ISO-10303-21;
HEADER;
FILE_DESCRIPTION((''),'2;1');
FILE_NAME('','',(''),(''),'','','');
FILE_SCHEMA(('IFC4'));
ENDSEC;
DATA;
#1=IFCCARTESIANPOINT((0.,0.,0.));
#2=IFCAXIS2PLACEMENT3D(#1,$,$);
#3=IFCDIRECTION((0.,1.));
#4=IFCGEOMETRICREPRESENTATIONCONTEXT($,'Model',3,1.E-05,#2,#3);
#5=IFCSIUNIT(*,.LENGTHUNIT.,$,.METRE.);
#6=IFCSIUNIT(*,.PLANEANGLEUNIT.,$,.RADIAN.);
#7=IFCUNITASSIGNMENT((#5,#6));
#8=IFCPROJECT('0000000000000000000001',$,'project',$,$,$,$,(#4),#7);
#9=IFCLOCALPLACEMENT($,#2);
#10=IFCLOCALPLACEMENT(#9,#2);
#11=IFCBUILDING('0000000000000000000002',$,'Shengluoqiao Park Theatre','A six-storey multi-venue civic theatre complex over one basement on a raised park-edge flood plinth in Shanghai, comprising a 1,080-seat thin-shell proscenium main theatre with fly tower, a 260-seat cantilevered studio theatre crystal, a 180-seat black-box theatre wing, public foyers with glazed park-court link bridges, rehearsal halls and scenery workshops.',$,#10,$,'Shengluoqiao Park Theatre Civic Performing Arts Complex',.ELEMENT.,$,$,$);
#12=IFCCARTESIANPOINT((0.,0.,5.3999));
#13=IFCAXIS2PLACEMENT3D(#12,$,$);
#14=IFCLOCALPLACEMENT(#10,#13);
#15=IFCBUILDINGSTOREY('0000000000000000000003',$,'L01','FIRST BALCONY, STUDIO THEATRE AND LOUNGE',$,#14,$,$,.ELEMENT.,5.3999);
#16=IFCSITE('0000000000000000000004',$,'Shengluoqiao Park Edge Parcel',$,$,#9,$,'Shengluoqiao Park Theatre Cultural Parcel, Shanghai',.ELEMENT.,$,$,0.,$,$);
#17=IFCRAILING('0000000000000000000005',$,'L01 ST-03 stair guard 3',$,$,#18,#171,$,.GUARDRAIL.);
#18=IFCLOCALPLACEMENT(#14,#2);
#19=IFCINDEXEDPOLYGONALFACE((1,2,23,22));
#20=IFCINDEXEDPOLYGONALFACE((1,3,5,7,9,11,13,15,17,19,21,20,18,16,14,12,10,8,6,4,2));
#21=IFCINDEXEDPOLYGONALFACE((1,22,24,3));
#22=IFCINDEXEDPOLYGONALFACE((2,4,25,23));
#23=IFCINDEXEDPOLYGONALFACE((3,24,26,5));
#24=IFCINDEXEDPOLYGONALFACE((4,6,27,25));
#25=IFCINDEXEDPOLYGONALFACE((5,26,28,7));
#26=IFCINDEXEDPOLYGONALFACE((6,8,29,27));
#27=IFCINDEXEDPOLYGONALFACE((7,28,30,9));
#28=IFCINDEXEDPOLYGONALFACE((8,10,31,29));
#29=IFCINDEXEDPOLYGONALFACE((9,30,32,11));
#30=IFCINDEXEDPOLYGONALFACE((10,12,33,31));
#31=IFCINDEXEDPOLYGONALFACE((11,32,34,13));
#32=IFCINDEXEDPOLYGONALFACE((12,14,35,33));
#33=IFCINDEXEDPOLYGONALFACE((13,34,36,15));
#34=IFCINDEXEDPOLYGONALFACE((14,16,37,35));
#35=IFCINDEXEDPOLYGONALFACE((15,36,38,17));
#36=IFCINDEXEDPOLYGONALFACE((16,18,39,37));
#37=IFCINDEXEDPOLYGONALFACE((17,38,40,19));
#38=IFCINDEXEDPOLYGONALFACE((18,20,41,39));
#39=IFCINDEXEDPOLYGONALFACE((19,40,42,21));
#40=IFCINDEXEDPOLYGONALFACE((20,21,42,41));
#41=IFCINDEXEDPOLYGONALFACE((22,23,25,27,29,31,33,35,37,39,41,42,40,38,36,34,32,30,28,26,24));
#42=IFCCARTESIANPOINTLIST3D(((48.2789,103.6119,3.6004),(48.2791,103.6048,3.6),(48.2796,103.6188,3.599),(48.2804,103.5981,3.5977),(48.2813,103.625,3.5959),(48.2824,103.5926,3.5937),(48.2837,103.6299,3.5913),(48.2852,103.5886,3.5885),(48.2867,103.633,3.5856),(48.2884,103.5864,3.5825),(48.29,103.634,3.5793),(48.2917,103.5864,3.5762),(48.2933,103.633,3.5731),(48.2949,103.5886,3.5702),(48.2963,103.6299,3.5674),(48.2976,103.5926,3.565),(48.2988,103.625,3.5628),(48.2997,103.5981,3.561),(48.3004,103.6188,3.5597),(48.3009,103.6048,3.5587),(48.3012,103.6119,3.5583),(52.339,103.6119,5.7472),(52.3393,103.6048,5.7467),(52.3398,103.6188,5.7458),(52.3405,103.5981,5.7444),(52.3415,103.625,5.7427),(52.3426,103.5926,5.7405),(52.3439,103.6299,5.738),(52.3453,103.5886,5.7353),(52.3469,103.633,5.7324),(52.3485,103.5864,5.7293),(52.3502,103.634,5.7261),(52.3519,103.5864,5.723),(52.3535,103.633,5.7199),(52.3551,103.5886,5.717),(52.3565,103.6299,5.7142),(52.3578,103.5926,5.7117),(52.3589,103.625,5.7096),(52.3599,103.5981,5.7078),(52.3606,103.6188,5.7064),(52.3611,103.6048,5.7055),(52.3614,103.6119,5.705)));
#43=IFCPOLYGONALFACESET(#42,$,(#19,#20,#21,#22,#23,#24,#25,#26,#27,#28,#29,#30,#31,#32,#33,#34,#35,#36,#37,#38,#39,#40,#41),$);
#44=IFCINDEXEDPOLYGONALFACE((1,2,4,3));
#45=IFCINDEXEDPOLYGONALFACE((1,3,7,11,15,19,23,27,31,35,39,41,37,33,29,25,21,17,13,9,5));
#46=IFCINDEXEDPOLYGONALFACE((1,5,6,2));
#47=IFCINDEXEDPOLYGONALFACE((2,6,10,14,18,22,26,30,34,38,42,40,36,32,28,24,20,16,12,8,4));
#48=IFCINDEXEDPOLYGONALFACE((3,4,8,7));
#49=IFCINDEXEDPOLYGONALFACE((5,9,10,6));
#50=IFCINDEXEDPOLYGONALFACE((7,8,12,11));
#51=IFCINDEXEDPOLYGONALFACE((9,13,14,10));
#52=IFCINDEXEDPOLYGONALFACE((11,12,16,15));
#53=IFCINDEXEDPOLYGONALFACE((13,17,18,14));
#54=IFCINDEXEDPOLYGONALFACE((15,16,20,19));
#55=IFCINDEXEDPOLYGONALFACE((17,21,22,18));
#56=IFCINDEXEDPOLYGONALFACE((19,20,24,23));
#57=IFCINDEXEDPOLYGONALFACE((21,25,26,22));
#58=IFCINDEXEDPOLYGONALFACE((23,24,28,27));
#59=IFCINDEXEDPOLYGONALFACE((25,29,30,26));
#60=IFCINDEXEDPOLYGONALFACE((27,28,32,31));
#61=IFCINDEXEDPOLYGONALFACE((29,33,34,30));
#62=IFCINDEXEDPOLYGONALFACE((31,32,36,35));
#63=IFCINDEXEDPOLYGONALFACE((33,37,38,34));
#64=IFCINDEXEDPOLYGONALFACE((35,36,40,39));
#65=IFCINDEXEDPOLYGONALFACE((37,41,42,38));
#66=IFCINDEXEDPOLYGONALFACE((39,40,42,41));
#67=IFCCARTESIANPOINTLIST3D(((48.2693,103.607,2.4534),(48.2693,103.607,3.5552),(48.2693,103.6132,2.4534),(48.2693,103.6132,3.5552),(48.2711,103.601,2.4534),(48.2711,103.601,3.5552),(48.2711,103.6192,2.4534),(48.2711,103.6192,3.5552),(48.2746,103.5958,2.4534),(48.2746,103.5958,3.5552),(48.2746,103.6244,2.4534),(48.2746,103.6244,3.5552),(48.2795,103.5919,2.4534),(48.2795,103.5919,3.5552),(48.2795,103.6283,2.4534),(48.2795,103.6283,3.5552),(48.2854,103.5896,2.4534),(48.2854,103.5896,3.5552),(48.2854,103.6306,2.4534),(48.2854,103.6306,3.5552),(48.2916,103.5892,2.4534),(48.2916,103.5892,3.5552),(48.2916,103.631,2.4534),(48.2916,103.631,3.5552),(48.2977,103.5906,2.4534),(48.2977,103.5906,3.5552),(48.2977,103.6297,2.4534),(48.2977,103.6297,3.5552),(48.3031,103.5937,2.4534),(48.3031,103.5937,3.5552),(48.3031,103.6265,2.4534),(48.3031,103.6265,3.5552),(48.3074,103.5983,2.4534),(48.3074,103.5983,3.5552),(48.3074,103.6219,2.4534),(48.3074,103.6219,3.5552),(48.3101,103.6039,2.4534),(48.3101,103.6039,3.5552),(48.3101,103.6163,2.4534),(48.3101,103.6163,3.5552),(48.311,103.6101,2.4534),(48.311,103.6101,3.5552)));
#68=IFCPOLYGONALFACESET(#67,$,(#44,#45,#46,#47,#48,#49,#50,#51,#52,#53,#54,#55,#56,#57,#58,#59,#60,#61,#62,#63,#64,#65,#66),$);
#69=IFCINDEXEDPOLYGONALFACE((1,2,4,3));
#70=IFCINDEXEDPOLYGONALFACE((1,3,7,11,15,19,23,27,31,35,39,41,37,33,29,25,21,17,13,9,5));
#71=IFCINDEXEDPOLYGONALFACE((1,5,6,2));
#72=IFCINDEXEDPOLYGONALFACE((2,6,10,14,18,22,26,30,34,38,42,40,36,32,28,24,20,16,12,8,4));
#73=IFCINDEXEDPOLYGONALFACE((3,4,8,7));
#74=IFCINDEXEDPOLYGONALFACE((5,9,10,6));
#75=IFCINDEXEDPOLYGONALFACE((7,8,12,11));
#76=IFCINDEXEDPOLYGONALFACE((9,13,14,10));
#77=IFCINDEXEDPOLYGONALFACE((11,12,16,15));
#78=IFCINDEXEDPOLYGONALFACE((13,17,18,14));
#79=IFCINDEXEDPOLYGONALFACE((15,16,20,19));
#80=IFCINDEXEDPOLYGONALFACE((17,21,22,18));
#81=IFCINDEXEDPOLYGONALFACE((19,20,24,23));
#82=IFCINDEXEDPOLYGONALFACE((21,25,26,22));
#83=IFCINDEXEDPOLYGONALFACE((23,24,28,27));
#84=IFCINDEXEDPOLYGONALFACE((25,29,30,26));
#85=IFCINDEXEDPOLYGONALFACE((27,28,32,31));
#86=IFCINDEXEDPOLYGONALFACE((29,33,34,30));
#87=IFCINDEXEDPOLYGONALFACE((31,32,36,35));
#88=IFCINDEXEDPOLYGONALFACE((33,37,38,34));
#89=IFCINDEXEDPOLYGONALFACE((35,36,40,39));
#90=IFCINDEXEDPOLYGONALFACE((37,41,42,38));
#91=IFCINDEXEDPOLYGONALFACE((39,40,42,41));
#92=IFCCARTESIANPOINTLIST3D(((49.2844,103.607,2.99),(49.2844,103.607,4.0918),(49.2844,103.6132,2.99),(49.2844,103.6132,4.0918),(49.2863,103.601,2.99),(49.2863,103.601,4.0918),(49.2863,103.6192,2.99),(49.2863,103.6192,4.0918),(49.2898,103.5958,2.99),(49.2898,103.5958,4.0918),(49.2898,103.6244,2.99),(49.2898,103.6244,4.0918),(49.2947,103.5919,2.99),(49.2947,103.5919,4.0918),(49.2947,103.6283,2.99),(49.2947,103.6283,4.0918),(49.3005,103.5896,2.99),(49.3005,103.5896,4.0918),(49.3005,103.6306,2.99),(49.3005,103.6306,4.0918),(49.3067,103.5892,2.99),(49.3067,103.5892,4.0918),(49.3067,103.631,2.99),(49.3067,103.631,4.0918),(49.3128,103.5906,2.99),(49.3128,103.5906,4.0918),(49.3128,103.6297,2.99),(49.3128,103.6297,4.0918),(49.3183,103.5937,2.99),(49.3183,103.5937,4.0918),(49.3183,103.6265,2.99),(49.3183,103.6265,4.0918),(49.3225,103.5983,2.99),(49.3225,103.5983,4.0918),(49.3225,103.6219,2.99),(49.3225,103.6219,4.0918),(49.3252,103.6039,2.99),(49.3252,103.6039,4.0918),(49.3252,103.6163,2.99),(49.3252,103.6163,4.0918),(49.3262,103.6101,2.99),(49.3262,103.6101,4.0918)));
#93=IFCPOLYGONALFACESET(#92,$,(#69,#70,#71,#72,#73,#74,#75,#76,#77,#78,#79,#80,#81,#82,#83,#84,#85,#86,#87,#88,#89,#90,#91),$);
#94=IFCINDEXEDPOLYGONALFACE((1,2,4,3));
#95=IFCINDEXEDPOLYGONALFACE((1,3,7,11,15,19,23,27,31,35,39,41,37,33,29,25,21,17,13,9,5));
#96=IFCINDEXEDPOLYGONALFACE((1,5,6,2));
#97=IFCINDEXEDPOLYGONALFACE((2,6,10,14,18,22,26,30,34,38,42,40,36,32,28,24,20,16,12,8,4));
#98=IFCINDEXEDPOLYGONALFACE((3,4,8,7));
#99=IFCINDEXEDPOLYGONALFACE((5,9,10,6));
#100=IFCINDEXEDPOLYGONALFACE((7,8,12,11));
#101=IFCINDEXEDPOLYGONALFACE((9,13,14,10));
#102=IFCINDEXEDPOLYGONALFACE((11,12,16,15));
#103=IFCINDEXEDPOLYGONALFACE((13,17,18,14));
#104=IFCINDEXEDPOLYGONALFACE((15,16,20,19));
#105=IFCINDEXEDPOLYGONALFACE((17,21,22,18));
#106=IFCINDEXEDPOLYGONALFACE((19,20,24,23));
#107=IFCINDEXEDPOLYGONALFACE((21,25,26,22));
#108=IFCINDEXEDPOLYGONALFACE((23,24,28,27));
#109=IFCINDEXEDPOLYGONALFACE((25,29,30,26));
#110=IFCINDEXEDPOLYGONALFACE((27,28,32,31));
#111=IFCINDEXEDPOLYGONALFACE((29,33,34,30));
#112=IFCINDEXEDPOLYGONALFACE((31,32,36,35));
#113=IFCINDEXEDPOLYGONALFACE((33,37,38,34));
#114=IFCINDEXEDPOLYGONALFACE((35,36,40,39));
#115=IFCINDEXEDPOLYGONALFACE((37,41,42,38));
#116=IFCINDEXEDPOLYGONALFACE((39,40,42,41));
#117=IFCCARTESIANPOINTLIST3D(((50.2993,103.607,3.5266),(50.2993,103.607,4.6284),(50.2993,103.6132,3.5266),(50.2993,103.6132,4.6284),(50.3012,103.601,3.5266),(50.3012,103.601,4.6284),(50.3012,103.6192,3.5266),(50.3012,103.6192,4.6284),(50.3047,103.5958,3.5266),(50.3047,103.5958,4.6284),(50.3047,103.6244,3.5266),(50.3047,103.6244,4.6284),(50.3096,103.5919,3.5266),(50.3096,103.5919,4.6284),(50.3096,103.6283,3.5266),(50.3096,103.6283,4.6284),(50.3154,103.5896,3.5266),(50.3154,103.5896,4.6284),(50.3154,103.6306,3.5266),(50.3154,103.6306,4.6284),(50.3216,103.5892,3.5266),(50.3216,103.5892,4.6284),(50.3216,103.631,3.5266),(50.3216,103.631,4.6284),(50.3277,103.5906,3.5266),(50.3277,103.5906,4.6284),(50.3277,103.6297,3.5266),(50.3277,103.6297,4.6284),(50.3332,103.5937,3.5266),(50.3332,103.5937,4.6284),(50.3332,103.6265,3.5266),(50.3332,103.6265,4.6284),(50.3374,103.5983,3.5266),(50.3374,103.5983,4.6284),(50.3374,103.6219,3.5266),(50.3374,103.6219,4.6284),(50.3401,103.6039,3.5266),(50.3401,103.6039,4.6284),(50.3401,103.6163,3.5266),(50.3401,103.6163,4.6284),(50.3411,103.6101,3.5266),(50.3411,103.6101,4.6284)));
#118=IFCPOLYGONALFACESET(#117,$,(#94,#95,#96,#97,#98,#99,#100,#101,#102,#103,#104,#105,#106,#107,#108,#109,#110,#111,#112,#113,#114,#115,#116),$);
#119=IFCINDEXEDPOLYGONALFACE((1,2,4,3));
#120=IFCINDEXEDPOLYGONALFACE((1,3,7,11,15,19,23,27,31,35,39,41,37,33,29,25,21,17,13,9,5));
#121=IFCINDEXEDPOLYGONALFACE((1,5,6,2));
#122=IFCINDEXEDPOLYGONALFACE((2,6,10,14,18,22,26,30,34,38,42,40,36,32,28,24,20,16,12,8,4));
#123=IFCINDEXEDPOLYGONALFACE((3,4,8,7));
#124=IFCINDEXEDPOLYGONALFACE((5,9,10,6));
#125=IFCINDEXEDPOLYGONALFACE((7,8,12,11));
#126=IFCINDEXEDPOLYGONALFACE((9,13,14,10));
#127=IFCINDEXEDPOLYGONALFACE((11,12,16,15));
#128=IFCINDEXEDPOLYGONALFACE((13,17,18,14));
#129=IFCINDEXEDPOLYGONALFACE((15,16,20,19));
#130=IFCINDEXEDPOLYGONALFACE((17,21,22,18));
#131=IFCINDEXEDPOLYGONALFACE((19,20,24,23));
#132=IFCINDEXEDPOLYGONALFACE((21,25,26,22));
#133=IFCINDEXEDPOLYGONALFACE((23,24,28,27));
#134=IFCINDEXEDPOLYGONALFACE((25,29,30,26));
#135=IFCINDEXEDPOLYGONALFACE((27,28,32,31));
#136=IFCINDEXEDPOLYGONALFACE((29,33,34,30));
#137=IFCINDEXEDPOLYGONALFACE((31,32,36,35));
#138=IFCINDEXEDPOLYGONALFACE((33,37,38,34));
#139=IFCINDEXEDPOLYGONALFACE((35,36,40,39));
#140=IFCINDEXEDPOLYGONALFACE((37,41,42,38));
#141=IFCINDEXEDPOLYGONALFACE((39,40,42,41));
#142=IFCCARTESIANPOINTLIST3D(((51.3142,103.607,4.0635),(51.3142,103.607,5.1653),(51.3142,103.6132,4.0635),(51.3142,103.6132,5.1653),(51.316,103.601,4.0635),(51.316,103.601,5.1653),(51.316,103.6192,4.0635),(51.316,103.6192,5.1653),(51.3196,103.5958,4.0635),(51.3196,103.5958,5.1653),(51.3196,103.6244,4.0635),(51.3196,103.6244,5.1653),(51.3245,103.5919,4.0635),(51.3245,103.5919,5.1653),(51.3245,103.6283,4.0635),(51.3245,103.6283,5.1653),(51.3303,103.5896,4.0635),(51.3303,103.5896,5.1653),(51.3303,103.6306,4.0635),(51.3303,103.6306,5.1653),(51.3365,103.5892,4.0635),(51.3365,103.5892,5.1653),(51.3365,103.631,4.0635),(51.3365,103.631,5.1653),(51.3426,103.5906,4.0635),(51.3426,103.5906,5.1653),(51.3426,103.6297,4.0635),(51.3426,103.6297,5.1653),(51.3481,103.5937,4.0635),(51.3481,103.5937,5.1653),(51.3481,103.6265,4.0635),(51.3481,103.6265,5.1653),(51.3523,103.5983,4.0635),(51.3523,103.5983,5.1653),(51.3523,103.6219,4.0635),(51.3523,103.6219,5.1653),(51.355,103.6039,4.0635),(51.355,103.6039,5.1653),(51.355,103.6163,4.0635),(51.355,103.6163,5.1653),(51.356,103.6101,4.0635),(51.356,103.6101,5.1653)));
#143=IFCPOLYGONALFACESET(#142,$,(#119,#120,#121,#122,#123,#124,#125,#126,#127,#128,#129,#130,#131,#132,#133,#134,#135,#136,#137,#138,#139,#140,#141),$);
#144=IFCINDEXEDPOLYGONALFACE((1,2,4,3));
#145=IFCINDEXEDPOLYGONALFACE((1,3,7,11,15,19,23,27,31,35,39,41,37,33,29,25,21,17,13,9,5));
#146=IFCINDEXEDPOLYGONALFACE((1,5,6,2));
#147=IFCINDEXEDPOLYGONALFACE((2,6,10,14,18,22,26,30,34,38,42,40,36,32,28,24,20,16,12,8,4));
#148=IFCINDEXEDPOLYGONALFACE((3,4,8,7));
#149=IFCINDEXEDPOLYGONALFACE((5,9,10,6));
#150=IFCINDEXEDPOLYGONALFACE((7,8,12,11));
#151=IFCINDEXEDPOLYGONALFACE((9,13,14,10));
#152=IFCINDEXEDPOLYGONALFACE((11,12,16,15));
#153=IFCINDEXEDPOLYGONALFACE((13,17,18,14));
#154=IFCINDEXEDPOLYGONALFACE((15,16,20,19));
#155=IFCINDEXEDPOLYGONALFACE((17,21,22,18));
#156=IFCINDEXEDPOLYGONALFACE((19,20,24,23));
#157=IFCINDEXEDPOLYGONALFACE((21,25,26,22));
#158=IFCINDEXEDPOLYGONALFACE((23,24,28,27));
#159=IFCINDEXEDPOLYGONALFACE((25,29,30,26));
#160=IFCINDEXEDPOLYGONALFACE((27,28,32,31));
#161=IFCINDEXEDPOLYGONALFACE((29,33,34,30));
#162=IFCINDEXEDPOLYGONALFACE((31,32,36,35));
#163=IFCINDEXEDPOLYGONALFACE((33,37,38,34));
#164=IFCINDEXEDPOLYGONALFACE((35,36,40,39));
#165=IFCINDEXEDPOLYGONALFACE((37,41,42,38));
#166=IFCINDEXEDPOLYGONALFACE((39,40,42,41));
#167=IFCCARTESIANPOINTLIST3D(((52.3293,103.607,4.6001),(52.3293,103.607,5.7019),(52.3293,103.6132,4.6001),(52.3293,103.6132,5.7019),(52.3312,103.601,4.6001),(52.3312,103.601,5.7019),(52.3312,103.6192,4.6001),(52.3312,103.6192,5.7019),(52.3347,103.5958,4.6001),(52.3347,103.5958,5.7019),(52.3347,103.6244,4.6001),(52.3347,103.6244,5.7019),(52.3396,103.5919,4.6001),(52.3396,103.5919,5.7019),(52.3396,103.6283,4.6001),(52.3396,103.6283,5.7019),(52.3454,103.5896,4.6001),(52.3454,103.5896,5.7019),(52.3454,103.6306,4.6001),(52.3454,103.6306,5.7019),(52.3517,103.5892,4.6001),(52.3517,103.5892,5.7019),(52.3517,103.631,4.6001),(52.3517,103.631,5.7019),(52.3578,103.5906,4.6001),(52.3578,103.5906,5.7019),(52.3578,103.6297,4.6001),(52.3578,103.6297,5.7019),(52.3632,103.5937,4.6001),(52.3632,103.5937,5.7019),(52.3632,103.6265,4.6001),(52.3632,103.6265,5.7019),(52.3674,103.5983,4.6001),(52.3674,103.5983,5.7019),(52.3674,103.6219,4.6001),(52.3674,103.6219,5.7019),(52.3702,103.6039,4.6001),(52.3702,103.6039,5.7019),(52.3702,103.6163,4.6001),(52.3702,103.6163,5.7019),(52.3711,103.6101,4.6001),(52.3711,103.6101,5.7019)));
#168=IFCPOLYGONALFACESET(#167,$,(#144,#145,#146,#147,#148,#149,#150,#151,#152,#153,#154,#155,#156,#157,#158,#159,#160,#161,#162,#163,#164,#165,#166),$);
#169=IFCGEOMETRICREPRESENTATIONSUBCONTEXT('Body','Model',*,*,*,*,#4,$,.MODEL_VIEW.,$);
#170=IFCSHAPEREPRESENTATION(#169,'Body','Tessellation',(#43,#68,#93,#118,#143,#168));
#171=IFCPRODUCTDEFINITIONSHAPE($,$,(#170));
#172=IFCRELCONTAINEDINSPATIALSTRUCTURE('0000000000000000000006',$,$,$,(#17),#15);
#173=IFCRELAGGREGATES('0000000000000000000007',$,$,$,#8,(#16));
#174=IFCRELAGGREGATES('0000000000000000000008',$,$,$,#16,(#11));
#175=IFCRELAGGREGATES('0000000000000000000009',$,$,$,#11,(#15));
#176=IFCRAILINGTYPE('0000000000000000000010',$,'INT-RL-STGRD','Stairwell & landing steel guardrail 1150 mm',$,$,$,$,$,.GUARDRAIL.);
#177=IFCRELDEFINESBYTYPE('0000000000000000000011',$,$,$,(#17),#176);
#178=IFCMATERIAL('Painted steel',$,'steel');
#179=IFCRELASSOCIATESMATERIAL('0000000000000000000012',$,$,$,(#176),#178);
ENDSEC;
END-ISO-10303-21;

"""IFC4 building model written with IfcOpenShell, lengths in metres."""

from ifc_helpers import new_model, si_unit, direction, frame, origin, origin_2d, place, context, subcontext, project, spatial, circle, extrude, material, type_object, element, save


model = new_model("IFC4")

# Units and contexts
model_context = context("Model", 3, precision=1e-05, world=origin(), true_north=direction((0.0, 1.0)))
body_context = subcontext(model_context, "Body", "Model", "MODEL_VIEW")
ifc_project = project(units=[si_unit("LENGTHUNIT", "METRE"), si_unit("PLANEANGLEUNIT", "RADIAN")], contexts=[model_context])

# Site, building, storey
site_placement = place(None, origin())
site = spatial("IfcSite", under=ifc_project, at=site_placement, Name="Shengluoqiao Park Edge Parcel", LongName="Shengluoqiao Park Theatre Cultural Parcel, Shanghai", CompositionType="ELEMENT", RefElevation=0.0)
building_placement = place(site_placement, origin())
building = spatial("IfcBuilding", under=site, at=building_placement, Name="Shengluoqiao Park Theatre", Description="A six-storey multi-venue civic theatre complex over one basement on a raised park-edge flood plinth in Shanghai, comprising a 1,080-seat thin-shell proscenium main theatre with fly tower, a 260-seat cantilevered studio theatre crystal, a 180-seat black-box theatre wing, public foyers with glazed park-court link bridges, rehearsal halls and scenery workshops.", LongName="Shengluoqiao Park Theatre Civic Performing Arts Complex", CompositionType="ELEMENT")
storey_placement = place(building_placement, frame((0.0, 0.0, 5.3999)))
storey = spatial("IfcBuildingStorey", under=building, at=storey_placement, Name="L01", Description="FIRST BALCONY, STUDIO THEATRE AND LOUNGE", CompositionType="ELEMENT", Elevation=5.3999)

# Railing
ifc_material_1 = material(Name="Painted steel", Category="steel")
railing_type_1 = type_object("IfcRailingType", Name="INT-RL-STGRD", Description="Stairwell & landing steel guardrail 1150 mm", PredefinedType="GUARDRAIL", material=ifc_material_1)
railing_1_placement = place(storey_placement, frame((48.29, 103.6101, 2.4534)))
element("IfcRailing", 1, at=railing_1_placement, inside=storey, type_object=railing_type_1, Name="L01 ST-03 stair guard 3", PredefinedType="GUARDRAIL", context=body_context, shape_type="SweptSolid", body=[
    extrude(circle(Radius=0.0239, at=origin_2d()), frame((0.0, 0.0, 1.126), z_axis=(0.884032, 0.0, 0.467426), x_axis=(0.0, 1.0, 0.0)), (0.0, 0.0, 1.0), 4.5928),
    extrude(circle(Radius=0.021, at=origin_2d()), origin(), (0.0, 0.0, 1.0), 1.1018),
    extrude(circle(Radius=0.021, at=origin_2d()), frame((1.0151, 0.0, 0.5366)), (0.0, 0.0, 1.0), 1.1018),
    extrude(circle(Radius=0.021, at=origin_2d()), frame((2.03, 0.0, 1.0732)), (0.0, 0.0, 1.0), 1.1018),
    extrude(circle(Radius=0.021, at=origin_2d()), frame((3.0449, 0.0, 1.6101)), (0.0, 0.0, 1.0), 1.1018),
    extrude(circle(Radius=0.021, at=origin_2d()), frame((4.0601, 0.0, 2.1467)), (0.0, 0.0, 1.0), 1.1018),
])

save(model, "model.ifc")
